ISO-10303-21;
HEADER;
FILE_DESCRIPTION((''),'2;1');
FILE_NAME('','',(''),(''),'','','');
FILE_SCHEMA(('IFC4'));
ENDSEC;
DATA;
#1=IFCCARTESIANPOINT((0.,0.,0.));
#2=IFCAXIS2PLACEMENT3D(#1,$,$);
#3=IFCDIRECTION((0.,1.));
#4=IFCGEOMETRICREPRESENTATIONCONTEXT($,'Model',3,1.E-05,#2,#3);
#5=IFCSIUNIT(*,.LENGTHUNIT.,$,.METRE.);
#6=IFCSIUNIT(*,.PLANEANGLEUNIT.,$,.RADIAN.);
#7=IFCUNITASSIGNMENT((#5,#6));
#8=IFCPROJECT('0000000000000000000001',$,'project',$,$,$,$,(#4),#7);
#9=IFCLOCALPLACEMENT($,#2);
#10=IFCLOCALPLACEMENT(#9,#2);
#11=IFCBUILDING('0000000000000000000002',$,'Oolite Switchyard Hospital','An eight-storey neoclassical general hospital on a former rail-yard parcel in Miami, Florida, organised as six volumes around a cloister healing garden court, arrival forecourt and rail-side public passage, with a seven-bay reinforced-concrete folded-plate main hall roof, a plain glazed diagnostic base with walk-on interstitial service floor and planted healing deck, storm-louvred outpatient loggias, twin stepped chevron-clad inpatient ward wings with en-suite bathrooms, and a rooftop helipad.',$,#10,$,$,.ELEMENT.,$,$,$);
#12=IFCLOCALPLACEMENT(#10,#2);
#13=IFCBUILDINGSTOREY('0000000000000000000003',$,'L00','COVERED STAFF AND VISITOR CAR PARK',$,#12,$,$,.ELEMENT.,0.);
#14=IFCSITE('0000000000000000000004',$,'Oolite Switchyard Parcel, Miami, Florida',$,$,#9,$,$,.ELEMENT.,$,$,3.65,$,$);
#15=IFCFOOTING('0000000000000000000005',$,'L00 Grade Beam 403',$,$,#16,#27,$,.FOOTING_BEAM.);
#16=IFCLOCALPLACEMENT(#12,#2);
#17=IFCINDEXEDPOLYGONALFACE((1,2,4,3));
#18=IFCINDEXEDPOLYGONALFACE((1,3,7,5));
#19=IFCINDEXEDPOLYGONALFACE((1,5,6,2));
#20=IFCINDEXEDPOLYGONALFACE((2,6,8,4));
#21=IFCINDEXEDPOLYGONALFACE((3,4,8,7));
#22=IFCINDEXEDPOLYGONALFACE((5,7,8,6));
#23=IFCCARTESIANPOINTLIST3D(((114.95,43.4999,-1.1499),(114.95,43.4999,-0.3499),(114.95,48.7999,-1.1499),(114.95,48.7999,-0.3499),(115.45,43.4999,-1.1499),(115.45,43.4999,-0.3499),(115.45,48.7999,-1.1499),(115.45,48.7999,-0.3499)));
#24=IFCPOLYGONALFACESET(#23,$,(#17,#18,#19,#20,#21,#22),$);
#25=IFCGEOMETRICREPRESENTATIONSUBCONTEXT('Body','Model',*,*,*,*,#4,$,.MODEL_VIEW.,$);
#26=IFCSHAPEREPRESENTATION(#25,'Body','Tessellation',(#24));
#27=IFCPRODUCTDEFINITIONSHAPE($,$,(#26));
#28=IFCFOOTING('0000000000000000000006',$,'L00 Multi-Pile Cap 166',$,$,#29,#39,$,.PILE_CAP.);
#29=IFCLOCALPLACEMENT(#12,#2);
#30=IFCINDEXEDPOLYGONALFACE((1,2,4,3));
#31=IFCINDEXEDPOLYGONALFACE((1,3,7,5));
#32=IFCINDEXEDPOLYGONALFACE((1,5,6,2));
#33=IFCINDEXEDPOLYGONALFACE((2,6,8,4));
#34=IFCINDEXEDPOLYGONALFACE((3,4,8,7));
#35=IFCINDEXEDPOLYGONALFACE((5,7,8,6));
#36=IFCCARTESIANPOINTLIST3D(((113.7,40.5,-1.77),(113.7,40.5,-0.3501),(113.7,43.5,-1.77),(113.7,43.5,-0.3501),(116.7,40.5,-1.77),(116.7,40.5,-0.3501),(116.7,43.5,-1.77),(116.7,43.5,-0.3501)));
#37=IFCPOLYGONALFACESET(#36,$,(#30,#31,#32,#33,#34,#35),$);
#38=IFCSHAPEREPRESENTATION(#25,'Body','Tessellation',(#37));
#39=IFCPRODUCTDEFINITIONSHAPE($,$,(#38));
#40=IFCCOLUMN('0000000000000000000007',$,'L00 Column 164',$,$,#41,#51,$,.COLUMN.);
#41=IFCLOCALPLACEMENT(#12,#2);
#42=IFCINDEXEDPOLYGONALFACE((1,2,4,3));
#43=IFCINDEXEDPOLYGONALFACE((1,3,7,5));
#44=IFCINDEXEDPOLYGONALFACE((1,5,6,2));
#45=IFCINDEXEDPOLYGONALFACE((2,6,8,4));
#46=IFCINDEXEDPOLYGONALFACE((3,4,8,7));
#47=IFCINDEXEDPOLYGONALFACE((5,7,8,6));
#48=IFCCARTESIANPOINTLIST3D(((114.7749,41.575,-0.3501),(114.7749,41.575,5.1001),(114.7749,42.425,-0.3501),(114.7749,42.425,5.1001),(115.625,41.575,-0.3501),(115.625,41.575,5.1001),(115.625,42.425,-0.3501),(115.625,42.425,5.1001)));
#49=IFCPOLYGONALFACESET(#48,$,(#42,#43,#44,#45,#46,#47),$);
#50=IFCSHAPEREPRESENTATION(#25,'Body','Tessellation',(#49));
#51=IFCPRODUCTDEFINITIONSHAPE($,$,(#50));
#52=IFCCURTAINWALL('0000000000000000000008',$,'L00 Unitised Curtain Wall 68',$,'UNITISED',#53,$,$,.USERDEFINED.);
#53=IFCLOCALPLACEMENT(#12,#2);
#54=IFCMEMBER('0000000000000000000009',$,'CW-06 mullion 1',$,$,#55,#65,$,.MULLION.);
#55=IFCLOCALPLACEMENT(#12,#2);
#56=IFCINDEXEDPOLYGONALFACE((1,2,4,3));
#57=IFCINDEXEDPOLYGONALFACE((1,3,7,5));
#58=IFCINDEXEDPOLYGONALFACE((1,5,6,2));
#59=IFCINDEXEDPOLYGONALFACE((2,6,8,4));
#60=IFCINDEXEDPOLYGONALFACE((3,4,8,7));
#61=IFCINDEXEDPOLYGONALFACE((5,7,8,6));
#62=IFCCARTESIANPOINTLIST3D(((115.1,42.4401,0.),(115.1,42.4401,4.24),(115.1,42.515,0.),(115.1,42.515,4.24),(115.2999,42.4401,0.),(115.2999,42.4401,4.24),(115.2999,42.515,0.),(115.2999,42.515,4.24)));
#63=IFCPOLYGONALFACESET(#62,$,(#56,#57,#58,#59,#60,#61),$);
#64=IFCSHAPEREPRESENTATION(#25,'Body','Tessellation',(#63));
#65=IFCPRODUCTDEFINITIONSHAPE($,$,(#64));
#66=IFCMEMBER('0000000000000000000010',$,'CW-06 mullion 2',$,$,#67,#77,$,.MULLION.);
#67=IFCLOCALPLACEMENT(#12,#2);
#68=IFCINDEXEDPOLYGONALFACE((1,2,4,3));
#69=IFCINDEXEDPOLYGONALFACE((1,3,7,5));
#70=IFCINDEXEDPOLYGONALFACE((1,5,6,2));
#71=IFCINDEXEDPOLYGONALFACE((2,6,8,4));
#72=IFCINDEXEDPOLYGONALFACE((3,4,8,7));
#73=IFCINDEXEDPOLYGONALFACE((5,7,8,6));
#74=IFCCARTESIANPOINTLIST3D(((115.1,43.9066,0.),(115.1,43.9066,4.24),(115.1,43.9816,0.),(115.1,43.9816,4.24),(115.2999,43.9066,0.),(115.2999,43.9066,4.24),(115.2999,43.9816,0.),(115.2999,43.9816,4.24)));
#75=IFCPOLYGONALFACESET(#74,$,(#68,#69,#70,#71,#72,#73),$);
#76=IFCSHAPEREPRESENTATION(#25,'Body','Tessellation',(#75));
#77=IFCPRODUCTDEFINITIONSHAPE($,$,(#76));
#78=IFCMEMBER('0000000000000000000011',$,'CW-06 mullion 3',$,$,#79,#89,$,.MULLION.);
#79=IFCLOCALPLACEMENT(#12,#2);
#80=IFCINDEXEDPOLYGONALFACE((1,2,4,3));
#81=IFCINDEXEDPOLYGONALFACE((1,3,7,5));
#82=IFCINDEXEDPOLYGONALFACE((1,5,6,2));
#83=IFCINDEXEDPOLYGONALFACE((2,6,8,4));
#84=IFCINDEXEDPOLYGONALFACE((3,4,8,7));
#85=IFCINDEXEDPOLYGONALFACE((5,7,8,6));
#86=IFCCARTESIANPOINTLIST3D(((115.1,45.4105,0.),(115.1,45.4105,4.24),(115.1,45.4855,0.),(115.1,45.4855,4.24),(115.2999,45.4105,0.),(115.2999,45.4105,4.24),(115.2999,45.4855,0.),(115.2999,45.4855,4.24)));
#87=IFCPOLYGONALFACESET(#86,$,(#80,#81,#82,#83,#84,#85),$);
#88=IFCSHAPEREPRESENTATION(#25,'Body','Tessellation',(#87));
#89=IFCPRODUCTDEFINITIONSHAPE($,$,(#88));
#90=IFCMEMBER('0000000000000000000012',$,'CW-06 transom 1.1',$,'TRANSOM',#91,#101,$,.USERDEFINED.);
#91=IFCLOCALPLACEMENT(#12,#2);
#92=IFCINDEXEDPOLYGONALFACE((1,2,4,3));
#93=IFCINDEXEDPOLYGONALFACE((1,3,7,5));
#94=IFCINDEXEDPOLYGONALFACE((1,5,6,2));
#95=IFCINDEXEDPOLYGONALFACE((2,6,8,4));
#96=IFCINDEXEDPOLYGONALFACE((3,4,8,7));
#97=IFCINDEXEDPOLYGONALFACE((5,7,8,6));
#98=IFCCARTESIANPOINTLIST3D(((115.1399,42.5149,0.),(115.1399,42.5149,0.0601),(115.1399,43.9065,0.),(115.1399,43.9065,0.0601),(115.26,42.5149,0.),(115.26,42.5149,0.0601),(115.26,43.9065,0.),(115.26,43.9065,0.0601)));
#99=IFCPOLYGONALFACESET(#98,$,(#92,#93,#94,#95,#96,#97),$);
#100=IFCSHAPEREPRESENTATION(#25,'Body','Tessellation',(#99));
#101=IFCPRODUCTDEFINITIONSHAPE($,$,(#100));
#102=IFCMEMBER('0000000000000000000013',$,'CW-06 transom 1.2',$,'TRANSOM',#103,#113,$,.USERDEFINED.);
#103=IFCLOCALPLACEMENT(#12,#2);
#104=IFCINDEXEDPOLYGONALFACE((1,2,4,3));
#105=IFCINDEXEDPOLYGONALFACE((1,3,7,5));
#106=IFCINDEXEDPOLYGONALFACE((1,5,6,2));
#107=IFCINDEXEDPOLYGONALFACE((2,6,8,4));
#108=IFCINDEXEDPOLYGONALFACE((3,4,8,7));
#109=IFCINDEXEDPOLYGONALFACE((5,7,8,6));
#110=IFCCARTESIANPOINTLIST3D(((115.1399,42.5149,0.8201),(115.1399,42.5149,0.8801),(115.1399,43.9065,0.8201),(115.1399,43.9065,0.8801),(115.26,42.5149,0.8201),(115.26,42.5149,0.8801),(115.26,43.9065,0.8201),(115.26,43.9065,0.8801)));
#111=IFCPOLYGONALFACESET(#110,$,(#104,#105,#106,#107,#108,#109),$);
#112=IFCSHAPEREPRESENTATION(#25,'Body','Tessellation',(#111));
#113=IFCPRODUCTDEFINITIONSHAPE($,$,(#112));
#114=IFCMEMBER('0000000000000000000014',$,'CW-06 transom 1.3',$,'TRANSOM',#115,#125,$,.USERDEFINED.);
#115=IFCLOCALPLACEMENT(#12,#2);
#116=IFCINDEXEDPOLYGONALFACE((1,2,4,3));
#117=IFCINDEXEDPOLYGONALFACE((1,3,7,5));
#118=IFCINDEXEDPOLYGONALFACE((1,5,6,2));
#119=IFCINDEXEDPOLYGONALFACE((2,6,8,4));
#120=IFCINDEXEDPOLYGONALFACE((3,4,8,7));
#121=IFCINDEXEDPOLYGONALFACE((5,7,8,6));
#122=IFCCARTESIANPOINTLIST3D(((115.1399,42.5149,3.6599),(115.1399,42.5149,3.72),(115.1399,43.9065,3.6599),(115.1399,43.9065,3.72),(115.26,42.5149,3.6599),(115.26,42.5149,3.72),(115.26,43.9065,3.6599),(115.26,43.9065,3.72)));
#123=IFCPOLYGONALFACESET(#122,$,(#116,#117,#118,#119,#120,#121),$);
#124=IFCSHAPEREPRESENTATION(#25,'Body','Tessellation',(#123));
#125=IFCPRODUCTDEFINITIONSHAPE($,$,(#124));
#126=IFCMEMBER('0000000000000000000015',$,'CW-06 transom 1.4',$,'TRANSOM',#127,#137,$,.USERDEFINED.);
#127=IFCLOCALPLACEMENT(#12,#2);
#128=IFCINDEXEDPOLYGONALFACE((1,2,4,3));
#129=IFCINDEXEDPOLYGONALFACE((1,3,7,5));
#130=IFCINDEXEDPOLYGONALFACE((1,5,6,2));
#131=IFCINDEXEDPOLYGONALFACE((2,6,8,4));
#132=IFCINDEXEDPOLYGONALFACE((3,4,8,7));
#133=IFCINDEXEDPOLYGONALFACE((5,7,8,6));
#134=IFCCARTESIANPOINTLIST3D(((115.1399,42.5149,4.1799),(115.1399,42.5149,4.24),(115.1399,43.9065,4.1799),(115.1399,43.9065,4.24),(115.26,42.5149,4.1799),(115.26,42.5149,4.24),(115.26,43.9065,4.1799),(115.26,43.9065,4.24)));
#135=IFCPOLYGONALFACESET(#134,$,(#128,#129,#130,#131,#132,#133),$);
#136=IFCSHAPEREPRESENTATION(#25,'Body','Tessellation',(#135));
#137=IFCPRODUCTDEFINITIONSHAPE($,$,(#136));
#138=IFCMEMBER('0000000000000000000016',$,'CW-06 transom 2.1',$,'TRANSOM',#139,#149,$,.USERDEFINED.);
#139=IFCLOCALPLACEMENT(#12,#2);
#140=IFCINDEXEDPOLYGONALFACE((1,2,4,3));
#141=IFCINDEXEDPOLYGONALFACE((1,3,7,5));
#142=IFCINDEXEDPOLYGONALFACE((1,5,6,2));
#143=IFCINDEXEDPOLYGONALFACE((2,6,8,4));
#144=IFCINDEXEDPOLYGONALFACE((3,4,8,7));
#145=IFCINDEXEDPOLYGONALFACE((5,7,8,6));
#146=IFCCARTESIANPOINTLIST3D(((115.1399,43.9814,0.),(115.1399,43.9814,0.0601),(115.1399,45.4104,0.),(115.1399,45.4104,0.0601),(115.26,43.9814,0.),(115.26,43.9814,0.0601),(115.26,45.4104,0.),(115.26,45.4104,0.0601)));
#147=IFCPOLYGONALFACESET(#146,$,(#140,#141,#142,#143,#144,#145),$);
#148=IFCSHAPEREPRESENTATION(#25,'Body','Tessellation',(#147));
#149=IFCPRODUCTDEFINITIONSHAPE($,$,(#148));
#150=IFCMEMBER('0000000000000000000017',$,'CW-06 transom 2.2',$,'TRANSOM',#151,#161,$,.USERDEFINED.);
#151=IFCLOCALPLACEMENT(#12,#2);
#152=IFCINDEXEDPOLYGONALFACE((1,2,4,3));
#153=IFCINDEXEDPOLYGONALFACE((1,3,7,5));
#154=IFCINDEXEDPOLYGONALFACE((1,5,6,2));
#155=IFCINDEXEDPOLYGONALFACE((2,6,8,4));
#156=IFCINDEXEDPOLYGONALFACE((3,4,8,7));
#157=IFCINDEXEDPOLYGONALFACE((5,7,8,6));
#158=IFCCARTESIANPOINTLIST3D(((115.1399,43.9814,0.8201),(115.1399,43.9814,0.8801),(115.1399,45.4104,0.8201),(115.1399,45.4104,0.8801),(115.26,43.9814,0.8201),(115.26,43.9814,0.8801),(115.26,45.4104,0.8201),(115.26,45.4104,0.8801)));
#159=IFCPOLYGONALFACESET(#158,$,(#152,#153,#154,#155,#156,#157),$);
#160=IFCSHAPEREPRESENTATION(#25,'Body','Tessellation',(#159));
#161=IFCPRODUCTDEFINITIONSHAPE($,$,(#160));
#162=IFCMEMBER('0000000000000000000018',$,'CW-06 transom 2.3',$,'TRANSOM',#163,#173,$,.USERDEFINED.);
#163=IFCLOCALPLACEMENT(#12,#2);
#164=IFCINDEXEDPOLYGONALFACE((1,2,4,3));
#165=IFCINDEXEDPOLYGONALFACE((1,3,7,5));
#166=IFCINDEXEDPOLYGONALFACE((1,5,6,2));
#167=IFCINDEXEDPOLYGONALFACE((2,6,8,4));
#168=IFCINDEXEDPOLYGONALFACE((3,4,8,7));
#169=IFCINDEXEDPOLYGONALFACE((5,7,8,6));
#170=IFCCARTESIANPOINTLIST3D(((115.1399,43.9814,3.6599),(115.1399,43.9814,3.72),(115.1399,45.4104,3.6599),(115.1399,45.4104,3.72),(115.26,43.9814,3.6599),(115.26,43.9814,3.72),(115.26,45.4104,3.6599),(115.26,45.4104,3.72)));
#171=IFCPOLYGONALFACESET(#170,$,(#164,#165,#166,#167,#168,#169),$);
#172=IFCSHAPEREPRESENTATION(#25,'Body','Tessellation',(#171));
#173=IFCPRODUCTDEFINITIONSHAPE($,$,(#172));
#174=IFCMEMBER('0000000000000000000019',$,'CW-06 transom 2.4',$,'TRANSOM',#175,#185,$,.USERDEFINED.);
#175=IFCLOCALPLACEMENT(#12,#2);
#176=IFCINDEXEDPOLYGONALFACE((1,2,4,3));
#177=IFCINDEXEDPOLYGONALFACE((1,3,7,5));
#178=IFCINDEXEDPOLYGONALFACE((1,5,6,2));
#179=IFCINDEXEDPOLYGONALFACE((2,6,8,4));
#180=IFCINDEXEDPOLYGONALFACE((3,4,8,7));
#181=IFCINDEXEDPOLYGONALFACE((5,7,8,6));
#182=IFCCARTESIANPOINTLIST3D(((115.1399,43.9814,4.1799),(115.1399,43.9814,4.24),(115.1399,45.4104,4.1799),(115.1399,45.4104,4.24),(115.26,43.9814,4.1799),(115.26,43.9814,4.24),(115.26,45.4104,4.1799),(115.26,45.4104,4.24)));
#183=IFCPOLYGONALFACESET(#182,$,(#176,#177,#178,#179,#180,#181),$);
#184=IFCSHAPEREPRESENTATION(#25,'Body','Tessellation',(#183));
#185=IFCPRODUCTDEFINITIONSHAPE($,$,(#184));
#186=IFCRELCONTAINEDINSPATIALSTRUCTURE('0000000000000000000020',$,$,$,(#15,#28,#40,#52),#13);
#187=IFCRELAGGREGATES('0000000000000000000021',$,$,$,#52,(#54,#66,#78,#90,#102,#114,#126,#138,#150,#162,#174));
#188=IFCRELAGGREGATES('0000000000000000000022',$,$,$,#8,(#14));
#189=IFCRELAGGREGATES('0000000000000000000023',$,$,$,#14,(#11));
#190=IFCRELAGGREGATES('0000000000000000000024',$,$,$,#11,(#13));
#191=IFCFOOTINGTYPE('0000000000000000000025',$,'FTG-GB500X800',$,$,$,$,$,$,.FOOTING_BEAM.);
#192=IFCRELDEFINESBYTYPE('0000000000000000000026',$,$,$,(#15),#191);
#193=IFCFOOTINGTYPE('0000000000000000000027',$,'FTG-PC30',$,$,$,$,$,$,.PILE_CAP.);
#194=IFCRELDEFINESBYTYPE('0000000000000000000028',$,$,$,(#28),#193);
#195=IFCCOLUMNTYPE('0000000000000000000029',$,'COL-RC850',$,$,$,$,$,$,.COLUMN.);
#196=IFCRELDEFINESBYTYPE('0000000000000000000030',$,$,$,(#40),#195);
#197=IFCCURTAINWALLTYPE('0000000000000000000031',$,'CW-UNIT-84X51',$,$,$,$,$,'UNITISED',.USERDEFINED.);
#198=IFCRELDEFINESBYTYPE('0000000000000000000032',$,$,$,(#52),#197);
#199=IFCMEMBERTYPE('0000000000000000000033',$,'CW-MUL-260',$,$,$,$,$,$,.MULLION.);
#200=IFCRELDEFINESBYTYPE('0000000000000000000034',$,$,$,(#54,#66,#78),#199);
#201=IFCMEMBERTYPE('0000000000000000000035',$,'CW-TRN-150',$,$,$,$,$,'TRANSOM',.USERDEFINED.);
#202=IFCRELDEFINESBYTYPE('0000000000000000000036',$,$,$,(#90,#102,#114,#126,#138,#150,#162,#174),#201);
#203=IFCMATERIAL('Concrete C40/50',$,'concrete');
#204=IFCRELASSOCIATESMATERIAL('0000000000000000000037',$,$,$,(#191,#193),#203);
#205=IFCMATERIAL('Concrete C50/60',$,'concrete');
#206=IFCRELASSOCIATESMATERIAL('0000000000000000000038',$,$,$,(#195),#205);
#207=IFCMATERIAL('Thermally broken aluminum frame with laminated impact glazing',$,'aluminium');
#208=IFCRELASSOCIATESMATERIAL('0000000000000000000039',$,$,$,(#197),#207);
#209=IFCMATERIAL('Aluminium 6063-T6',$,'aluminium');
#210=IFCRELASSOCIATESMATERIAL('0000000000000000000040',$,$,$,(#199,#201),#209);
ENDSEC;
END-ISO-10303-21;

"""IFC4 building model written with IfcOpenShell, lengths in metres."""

from ifc_helpers import new_model, si_unit, direction, frame, origin, origin_2d, place, context, subcontext, project, spatial, rectangle, extrude, material, material_profile, profile_set, type_object, element, aggregate, save


model = new_model("IFC4")

# Units and contexts
model_context = context("Model", 3, precision=1e-05, world=origin(), true_north=direction((0.0, 1.0)))
body_context = subcontext(model_context, "Body", "Model", "MODEL_VIEW")
ifc_project = project(units=[si_unit("LENGTHUNIT", "METRE"), si_unit("PLANEANGLEUNIT", "RADIAN")], contexts=[model_context])

# Site, building, storey
site_placement = place(None, origin())
site = spatial("IfcSite", under=ifc_project, at=site_placement, Name="Oolite Switchyard Parcel, Miami, Florida", CompositionType="ELEMENT", RefElevation=3.65)
building_placement = place(site_placement, origin())
building = spatial("IfcBuilding", under=site, at=building_placement, Name="Oolite Switchyard Hospital", Description="An eight-storey neoclassical general hospital on a former rail-yard parcel in Miami, Florida, organised as six volumes around a cloister healing garden court, arrival forecourt and rail-side public passage, with a seven-bay reinforced-concrete folded-plate main hall roof, a plain glazed diagnostic base with walk-on interstitial service floor and planted healing deck, storm-louvred outpatient loggias, twin stepped chevron-clad inpatient ward wings with en-suite bathrooms, and a rooftop helipad.", CompositionType="ELEMENT")
storey_placement = place(building_placement, origin())
storey = spatial("IfcBuildingStorey", under=building, at=storey_placement, Name="L00", Description="COVERED STAFF AND VISITOR CAR PARK", CompositionType="ELEMENT", Elevation=0.0)

# Footings
ifc_material_1 = material(Name="Concrete C40/50", Category="concrete")
footing_type_1 = type_object("IfcFootingType", Name="FTG-GB500X800", PredefinedType="FOOTING_BEAM", material=ifc_material_1)
footing_1_placement = place(storey_placement, frame((115.2, 46.1499, -1.1499), z_axis=(0.0, 0.0, 1.0), x_axis=(0.0, 1.0, 0.0)))
element("IfcFooting", 1, at=footing_1_placement, inside=storey, type_object=footing_type_1, Name="L00 Grade Beam 403", PredefinedType="FOOTING_BEAM", context=body_context, shape_type="SweptSolid", body=[
    extrude(rectangle(XDim=5.3, YDim=0.5, at=origin_2d()), origin(), (0.0, 0.0, 1.0), 0.8),
])
footing_type_2 = type_object("IfcFootingType", Name="FTG-PC30", PredefinedType="PILE_CAP", material=ifc_material_1)
footing_2_placement = place(storey_placement, frame((115.2, 42.0, -1.77), z_axis=(0.0, 0.0, 1.0), x_axis=(1.0, 0.0, 0.0)))
element("IfcFooting", 2, at=footing_2_placement, inside=storey, type_object=footing_type_2, Name="L00 Multi-Pile Cap 166", PredefinedType="PILE_CAP", context=body_context, shape_type="SweptSolid", body=[
    extrude(rectangle(XDim=3.0, YDim=3.0, at=origin_2d()), origin(), (0.0, 0.0, 1.0), 1.4199),
])

# Column
ifc_material_2 = material(Name="Concrete C50/60", Category="concrete")
ifc_material_profile_1 = material_profile(ifc_material_2, rectangle(XDim=0.8501, YDim=0.8501, at=origin_2d()), Name="RC850X850")
ifc_profile_set_1 = profile_set([ifc_material_profile_1], Name="Concrete C50/60")
column_type = type_object("IfcColumnType", Name="COL-RC850", PredefinedType="COLUMN", material=ifc_profile_set_1)
column_placement = place(storey_placement, frame((115.2, 42.0, -0.3501), z_axis=(0.0, 0.0, 1.0), x_axis=(1.0, 0.0, 0.0)))
element("IfcColumn", 3, at=column_placement, inside=storey, type_object=column_type, Name="L00 Column 164", PredefinedType="COLUMN", context=body_context, shape_type="SweptSolid", body=[
    extrude(rectangle(XDim=0.8501, YDim=0.8501, at=origin_2d()), origin(), (0.0, 0.0, 1.0), 5.4502),
])

# Curtain wall, members
ifc_material_3 = material(Name="Thermally broken aluminum frame with laminated impact glazing", Category="aluminium")
curtain_wall_type = type_object("IfcCurtainWallType", Name="CW-UNIT-84X51", ElementType="UNITISED", PredefinedType="USERDEFINED", material=ifc_material_3)
curtain_wall_placement = place(storey_placement, origin())
curtain_wall = element("IfcCurtainWall", 4, at=curtain_wall_placement, inside=storey, type_object=curtain_wall_type, Name="L00 Unitised Curtain Wall 68", ObjectType="UNITISED", PredefinedType="USERDEFINED")
ifc_material_4 = material(Name="Aluminium 6063-T6", Category="aluminium")
ifc_material_profile_2 = material_profile(ifc_material_4, rectangle(XDim=0.2, YDim=0.075, at=origin_2d()), Name="CWM75X200")
ifc_profile_set_2 = profile_set([ifc_material_profile_2], Name="Aluminium 6063-T6")
member_type_1 = type_object("IfcMemberType", Name="CW-MUL-260", PredefinedType="MULLION", material=ifc_profile_set_2)
member_1_placement = place(storey_placement, frame((115.2, 42.4775, 0.0), z_axis=(0.0, 0.0, 1.0), x_axis=(-1.0, 0.0, 0.0)))
member_1 = element("IfcMember", 5, at=member_1_placement, type_object=member_type_1, Name="CW-06 mullion 1", PredefinedType="MULLION", context=body_context, shape_type="SweptSolid", body=[
    extrude(rectangle(XDim=0.2, YDim=0.075, at=origin_2d()), origin(), (0.0, 0.0, 1.0), 4.24),
])
member_2_placement = place(storey_placement, frame((115.2, 43.9441, 0.0), z_axis=(0.0, 0.0, 1.0), x_axis=(-1.0, 0.0, 0.0)))
member_2 = element("IfcMember", 6, at=member_2_placement, type_object=member_type_1, Name="CW-06 mullion 2", PredefinedType="MULLION", context=body_context, shape_type="SweptSolid", body=[
    extrude(rectangle(XDim=0.2, YDim=0.075, at=origin_2d()), origin(), (0.0, 0.0, 1.0), 4.24),
])
member_3_placement = place(storey_placement, frame((115.2, 45.448, 0.0), z_axis=(0.0, 0.0, 1.0), x_axis=(-1.0, 0.0, 0.0)))
member_3 = element("IfcMember", 7, at=member_3_placement, type_object=member_type_1, Name="CW-06 mullion 3", PredefinedType="MULLION", context=body_context, shape_type="SweptSolid", body=[
    extrude(rectangle(XDim=0.2, YDim=0.075, at=origin_2d()), origin(), (0.0, 0.0, 1.0), 4.24),
])
ifc_material_profile_3 = material_profile(ifc_material_4, rectangle(XDim=0.1201, YDim=0.0601, at=origin_2d()), Name="CWT60X120")
ifc_profile_set_3 = profile_set([ifc_material_profile_3], Name="Aluminium 6063-T6")
member_type_2 = type_object("IfcMemberType", Name="CW-TRN-150", ElementType="TRANSOM", PredefinedType="USERDEFINED", material=ifc_profile_set_3)
member_4_placement = place(storey_placement, frame((115.2, 42.5149, 0.03), z_axis=(0.0, 1.0, 0.0), x_axis=(-1.0, 0.0, 0.0)))
member_4 = element("IfcMember", 8, at=member_4_placement, type_object=member_type_2, Name="CW-06 transom 1.1", ObjectType="TRANSOM", PredefinedType="USERDEFINED", context=body_context, shape_type="SweptSolid", body=[
    extrude(rectangle(XDim=0.1201, YDim=0.0601, at=origin_2d()), origin(), (0.0, 0.0, 1.0), 1.3916),
])
member_5_placement = place(storey_placement, frame((115.2, 42.5149, 0.8501), z_axis=(0.0, 1.0, 0.0), x_axis=(-1.0, 0.0, 0.0)))
member_5 = element("IfcMember", 9, at=member_5_placement, type_object=member_type_2, Name="CW-06 transom 1.2", ObjectType="TRANSOM", PredefinedType="USERDEFINED", context=body_context, shape_type="SweptSolid", body=[
    extrude(rectangle(XDim=0.1201, YDim=0.0601, at=origin_2d()), origin(), (0.0, 0.0, 1.0), 1.3916),
])
member_6_placement = place(storey_placement, frame((115.2, 42.5149, 3.6899), z_axis=(0.0, 1.0, 0.0), x_axis=(-1.0, 0.0, 0.0)))
member_6 = element("IfcMember", 10, at=member_6_placement, type_object=member_type_2, Name="CW-06 transom 1.3", ObjectType="TRANSOM", PredefinedType="USERDEFINED", context=body_context, shape_type="SweptSolid", body=[
    extrude(rectangle(XDim=0.1201, YDim=0.0601, at=origin_2d()), origin(), (0.0, 0.0, 1.0), 1.3916),
])
member_7_placement = place(storey_placement, frame((115.2, 42.5149, 4.21), z_axis=(0.0, 1.0, 0.0), x_axis=(-1.0, 0.0, 0.0)))
member_7 = element("IfcMember", 11, at=member_7_placement, type_object=member_type_2, Name="CW-06 transom 1.4", ObjectType="TRANSOM", PredefinedType="USERDEFINED", context=body_context, shape_type="SweptSolid", body=[
    extrude(rectangle(XDim=0.1201, YDim=0.0601, at=origin_2d()), origin(), (0.0, 0.0, 1.0), 1.3916),
])
member_8_placement = place(storey_placement, frame((115.2, 43.9814, 0.03), z_axis=(0.0, 1.0, 0.0), x_axis=(-1.0, 0.0, 0.0)))
member_8 = element("IfcMember", 12, at=member_8_placement, type_object=member_type_2, Name="CW-06 transom 2.1", ObjectType="TRANSOM", PredefinedType="USERDEFINED", context=body_context, shape_type="SweptSolid", body=[
    extrude(rectangle(XDim=0.1201, YDim=0.0601, at=origin_2d()), origin(), (0.0, 0.0, 1.0), 1.429),
])
member_9_placement = place(storey_placement, frame((115.2, 43.9814, 0.8501), z_axis=(0.0, 1.0, 0.0), x_axis=(-1.0, 0.0, 0.0)))
member_9 = element("IfcMember", 13, at=member_9_placement, type_object=member_type_2, Name="CW-06 transom 2.2", ObjectType="TRANSOM", PredefinedType="USERDEFINED", context=body_context, shape_type="SweptSolid", body=[
    extrude(rectangle(XDim=0.1201, YDim=0.0601, at=origin_2d()), origin(), (0.0, 0.0, 1.0), 1.429),
])
member_10_placement = place(storey_placement, frame((115.2, 43.9814, 3.6899), z_axis=(0.0, 1.0, 0.0), x_axis=(-1.0, 0.0, 0.0)))
member_10 = element("IfcMember", 14, at=member_10_placement, type_object=member_type_2, Name="CW-06 transom 2.3", ObjectType="TRANSOM", PredefinedType="USERDEFINED", context=body_context, shape_type="SweptSolid", body=[
    extrude(rectangle(XDim=0.1201, YDim=0.0601, at=origin_2d()), origin(), (0.0, 0.0, 1.0), 1.429),
])
member_11_placement = place(storey_placement, frame((115.2, 43.9814, 4.21), z_axis=(0.0, 1.0, 0.0), x_axis=(-1.0, 0.0, 0.0)))
member_11 = element("IfcMember", 15, at=member_11_placement, type_object=member_type_2, Name="CW-06 transom 2.4", ObjectType="TRANSOM", PredefinedType="USERDEFINED", context=body_context, shape_type="SweptSolid", body=[
    extrude(rectangle(XDim=0.1201, YDim=0.0601, at=origin_2d()), origin(), (0.0, 0.0, 1.0), 1.429),
])
aggregate(curtain_wall, [member_1, member_2, member_3, member_4, member_5, member_6, member_7, member_8, member_9, member_10, member_11])

save(model, "model.ifc")
